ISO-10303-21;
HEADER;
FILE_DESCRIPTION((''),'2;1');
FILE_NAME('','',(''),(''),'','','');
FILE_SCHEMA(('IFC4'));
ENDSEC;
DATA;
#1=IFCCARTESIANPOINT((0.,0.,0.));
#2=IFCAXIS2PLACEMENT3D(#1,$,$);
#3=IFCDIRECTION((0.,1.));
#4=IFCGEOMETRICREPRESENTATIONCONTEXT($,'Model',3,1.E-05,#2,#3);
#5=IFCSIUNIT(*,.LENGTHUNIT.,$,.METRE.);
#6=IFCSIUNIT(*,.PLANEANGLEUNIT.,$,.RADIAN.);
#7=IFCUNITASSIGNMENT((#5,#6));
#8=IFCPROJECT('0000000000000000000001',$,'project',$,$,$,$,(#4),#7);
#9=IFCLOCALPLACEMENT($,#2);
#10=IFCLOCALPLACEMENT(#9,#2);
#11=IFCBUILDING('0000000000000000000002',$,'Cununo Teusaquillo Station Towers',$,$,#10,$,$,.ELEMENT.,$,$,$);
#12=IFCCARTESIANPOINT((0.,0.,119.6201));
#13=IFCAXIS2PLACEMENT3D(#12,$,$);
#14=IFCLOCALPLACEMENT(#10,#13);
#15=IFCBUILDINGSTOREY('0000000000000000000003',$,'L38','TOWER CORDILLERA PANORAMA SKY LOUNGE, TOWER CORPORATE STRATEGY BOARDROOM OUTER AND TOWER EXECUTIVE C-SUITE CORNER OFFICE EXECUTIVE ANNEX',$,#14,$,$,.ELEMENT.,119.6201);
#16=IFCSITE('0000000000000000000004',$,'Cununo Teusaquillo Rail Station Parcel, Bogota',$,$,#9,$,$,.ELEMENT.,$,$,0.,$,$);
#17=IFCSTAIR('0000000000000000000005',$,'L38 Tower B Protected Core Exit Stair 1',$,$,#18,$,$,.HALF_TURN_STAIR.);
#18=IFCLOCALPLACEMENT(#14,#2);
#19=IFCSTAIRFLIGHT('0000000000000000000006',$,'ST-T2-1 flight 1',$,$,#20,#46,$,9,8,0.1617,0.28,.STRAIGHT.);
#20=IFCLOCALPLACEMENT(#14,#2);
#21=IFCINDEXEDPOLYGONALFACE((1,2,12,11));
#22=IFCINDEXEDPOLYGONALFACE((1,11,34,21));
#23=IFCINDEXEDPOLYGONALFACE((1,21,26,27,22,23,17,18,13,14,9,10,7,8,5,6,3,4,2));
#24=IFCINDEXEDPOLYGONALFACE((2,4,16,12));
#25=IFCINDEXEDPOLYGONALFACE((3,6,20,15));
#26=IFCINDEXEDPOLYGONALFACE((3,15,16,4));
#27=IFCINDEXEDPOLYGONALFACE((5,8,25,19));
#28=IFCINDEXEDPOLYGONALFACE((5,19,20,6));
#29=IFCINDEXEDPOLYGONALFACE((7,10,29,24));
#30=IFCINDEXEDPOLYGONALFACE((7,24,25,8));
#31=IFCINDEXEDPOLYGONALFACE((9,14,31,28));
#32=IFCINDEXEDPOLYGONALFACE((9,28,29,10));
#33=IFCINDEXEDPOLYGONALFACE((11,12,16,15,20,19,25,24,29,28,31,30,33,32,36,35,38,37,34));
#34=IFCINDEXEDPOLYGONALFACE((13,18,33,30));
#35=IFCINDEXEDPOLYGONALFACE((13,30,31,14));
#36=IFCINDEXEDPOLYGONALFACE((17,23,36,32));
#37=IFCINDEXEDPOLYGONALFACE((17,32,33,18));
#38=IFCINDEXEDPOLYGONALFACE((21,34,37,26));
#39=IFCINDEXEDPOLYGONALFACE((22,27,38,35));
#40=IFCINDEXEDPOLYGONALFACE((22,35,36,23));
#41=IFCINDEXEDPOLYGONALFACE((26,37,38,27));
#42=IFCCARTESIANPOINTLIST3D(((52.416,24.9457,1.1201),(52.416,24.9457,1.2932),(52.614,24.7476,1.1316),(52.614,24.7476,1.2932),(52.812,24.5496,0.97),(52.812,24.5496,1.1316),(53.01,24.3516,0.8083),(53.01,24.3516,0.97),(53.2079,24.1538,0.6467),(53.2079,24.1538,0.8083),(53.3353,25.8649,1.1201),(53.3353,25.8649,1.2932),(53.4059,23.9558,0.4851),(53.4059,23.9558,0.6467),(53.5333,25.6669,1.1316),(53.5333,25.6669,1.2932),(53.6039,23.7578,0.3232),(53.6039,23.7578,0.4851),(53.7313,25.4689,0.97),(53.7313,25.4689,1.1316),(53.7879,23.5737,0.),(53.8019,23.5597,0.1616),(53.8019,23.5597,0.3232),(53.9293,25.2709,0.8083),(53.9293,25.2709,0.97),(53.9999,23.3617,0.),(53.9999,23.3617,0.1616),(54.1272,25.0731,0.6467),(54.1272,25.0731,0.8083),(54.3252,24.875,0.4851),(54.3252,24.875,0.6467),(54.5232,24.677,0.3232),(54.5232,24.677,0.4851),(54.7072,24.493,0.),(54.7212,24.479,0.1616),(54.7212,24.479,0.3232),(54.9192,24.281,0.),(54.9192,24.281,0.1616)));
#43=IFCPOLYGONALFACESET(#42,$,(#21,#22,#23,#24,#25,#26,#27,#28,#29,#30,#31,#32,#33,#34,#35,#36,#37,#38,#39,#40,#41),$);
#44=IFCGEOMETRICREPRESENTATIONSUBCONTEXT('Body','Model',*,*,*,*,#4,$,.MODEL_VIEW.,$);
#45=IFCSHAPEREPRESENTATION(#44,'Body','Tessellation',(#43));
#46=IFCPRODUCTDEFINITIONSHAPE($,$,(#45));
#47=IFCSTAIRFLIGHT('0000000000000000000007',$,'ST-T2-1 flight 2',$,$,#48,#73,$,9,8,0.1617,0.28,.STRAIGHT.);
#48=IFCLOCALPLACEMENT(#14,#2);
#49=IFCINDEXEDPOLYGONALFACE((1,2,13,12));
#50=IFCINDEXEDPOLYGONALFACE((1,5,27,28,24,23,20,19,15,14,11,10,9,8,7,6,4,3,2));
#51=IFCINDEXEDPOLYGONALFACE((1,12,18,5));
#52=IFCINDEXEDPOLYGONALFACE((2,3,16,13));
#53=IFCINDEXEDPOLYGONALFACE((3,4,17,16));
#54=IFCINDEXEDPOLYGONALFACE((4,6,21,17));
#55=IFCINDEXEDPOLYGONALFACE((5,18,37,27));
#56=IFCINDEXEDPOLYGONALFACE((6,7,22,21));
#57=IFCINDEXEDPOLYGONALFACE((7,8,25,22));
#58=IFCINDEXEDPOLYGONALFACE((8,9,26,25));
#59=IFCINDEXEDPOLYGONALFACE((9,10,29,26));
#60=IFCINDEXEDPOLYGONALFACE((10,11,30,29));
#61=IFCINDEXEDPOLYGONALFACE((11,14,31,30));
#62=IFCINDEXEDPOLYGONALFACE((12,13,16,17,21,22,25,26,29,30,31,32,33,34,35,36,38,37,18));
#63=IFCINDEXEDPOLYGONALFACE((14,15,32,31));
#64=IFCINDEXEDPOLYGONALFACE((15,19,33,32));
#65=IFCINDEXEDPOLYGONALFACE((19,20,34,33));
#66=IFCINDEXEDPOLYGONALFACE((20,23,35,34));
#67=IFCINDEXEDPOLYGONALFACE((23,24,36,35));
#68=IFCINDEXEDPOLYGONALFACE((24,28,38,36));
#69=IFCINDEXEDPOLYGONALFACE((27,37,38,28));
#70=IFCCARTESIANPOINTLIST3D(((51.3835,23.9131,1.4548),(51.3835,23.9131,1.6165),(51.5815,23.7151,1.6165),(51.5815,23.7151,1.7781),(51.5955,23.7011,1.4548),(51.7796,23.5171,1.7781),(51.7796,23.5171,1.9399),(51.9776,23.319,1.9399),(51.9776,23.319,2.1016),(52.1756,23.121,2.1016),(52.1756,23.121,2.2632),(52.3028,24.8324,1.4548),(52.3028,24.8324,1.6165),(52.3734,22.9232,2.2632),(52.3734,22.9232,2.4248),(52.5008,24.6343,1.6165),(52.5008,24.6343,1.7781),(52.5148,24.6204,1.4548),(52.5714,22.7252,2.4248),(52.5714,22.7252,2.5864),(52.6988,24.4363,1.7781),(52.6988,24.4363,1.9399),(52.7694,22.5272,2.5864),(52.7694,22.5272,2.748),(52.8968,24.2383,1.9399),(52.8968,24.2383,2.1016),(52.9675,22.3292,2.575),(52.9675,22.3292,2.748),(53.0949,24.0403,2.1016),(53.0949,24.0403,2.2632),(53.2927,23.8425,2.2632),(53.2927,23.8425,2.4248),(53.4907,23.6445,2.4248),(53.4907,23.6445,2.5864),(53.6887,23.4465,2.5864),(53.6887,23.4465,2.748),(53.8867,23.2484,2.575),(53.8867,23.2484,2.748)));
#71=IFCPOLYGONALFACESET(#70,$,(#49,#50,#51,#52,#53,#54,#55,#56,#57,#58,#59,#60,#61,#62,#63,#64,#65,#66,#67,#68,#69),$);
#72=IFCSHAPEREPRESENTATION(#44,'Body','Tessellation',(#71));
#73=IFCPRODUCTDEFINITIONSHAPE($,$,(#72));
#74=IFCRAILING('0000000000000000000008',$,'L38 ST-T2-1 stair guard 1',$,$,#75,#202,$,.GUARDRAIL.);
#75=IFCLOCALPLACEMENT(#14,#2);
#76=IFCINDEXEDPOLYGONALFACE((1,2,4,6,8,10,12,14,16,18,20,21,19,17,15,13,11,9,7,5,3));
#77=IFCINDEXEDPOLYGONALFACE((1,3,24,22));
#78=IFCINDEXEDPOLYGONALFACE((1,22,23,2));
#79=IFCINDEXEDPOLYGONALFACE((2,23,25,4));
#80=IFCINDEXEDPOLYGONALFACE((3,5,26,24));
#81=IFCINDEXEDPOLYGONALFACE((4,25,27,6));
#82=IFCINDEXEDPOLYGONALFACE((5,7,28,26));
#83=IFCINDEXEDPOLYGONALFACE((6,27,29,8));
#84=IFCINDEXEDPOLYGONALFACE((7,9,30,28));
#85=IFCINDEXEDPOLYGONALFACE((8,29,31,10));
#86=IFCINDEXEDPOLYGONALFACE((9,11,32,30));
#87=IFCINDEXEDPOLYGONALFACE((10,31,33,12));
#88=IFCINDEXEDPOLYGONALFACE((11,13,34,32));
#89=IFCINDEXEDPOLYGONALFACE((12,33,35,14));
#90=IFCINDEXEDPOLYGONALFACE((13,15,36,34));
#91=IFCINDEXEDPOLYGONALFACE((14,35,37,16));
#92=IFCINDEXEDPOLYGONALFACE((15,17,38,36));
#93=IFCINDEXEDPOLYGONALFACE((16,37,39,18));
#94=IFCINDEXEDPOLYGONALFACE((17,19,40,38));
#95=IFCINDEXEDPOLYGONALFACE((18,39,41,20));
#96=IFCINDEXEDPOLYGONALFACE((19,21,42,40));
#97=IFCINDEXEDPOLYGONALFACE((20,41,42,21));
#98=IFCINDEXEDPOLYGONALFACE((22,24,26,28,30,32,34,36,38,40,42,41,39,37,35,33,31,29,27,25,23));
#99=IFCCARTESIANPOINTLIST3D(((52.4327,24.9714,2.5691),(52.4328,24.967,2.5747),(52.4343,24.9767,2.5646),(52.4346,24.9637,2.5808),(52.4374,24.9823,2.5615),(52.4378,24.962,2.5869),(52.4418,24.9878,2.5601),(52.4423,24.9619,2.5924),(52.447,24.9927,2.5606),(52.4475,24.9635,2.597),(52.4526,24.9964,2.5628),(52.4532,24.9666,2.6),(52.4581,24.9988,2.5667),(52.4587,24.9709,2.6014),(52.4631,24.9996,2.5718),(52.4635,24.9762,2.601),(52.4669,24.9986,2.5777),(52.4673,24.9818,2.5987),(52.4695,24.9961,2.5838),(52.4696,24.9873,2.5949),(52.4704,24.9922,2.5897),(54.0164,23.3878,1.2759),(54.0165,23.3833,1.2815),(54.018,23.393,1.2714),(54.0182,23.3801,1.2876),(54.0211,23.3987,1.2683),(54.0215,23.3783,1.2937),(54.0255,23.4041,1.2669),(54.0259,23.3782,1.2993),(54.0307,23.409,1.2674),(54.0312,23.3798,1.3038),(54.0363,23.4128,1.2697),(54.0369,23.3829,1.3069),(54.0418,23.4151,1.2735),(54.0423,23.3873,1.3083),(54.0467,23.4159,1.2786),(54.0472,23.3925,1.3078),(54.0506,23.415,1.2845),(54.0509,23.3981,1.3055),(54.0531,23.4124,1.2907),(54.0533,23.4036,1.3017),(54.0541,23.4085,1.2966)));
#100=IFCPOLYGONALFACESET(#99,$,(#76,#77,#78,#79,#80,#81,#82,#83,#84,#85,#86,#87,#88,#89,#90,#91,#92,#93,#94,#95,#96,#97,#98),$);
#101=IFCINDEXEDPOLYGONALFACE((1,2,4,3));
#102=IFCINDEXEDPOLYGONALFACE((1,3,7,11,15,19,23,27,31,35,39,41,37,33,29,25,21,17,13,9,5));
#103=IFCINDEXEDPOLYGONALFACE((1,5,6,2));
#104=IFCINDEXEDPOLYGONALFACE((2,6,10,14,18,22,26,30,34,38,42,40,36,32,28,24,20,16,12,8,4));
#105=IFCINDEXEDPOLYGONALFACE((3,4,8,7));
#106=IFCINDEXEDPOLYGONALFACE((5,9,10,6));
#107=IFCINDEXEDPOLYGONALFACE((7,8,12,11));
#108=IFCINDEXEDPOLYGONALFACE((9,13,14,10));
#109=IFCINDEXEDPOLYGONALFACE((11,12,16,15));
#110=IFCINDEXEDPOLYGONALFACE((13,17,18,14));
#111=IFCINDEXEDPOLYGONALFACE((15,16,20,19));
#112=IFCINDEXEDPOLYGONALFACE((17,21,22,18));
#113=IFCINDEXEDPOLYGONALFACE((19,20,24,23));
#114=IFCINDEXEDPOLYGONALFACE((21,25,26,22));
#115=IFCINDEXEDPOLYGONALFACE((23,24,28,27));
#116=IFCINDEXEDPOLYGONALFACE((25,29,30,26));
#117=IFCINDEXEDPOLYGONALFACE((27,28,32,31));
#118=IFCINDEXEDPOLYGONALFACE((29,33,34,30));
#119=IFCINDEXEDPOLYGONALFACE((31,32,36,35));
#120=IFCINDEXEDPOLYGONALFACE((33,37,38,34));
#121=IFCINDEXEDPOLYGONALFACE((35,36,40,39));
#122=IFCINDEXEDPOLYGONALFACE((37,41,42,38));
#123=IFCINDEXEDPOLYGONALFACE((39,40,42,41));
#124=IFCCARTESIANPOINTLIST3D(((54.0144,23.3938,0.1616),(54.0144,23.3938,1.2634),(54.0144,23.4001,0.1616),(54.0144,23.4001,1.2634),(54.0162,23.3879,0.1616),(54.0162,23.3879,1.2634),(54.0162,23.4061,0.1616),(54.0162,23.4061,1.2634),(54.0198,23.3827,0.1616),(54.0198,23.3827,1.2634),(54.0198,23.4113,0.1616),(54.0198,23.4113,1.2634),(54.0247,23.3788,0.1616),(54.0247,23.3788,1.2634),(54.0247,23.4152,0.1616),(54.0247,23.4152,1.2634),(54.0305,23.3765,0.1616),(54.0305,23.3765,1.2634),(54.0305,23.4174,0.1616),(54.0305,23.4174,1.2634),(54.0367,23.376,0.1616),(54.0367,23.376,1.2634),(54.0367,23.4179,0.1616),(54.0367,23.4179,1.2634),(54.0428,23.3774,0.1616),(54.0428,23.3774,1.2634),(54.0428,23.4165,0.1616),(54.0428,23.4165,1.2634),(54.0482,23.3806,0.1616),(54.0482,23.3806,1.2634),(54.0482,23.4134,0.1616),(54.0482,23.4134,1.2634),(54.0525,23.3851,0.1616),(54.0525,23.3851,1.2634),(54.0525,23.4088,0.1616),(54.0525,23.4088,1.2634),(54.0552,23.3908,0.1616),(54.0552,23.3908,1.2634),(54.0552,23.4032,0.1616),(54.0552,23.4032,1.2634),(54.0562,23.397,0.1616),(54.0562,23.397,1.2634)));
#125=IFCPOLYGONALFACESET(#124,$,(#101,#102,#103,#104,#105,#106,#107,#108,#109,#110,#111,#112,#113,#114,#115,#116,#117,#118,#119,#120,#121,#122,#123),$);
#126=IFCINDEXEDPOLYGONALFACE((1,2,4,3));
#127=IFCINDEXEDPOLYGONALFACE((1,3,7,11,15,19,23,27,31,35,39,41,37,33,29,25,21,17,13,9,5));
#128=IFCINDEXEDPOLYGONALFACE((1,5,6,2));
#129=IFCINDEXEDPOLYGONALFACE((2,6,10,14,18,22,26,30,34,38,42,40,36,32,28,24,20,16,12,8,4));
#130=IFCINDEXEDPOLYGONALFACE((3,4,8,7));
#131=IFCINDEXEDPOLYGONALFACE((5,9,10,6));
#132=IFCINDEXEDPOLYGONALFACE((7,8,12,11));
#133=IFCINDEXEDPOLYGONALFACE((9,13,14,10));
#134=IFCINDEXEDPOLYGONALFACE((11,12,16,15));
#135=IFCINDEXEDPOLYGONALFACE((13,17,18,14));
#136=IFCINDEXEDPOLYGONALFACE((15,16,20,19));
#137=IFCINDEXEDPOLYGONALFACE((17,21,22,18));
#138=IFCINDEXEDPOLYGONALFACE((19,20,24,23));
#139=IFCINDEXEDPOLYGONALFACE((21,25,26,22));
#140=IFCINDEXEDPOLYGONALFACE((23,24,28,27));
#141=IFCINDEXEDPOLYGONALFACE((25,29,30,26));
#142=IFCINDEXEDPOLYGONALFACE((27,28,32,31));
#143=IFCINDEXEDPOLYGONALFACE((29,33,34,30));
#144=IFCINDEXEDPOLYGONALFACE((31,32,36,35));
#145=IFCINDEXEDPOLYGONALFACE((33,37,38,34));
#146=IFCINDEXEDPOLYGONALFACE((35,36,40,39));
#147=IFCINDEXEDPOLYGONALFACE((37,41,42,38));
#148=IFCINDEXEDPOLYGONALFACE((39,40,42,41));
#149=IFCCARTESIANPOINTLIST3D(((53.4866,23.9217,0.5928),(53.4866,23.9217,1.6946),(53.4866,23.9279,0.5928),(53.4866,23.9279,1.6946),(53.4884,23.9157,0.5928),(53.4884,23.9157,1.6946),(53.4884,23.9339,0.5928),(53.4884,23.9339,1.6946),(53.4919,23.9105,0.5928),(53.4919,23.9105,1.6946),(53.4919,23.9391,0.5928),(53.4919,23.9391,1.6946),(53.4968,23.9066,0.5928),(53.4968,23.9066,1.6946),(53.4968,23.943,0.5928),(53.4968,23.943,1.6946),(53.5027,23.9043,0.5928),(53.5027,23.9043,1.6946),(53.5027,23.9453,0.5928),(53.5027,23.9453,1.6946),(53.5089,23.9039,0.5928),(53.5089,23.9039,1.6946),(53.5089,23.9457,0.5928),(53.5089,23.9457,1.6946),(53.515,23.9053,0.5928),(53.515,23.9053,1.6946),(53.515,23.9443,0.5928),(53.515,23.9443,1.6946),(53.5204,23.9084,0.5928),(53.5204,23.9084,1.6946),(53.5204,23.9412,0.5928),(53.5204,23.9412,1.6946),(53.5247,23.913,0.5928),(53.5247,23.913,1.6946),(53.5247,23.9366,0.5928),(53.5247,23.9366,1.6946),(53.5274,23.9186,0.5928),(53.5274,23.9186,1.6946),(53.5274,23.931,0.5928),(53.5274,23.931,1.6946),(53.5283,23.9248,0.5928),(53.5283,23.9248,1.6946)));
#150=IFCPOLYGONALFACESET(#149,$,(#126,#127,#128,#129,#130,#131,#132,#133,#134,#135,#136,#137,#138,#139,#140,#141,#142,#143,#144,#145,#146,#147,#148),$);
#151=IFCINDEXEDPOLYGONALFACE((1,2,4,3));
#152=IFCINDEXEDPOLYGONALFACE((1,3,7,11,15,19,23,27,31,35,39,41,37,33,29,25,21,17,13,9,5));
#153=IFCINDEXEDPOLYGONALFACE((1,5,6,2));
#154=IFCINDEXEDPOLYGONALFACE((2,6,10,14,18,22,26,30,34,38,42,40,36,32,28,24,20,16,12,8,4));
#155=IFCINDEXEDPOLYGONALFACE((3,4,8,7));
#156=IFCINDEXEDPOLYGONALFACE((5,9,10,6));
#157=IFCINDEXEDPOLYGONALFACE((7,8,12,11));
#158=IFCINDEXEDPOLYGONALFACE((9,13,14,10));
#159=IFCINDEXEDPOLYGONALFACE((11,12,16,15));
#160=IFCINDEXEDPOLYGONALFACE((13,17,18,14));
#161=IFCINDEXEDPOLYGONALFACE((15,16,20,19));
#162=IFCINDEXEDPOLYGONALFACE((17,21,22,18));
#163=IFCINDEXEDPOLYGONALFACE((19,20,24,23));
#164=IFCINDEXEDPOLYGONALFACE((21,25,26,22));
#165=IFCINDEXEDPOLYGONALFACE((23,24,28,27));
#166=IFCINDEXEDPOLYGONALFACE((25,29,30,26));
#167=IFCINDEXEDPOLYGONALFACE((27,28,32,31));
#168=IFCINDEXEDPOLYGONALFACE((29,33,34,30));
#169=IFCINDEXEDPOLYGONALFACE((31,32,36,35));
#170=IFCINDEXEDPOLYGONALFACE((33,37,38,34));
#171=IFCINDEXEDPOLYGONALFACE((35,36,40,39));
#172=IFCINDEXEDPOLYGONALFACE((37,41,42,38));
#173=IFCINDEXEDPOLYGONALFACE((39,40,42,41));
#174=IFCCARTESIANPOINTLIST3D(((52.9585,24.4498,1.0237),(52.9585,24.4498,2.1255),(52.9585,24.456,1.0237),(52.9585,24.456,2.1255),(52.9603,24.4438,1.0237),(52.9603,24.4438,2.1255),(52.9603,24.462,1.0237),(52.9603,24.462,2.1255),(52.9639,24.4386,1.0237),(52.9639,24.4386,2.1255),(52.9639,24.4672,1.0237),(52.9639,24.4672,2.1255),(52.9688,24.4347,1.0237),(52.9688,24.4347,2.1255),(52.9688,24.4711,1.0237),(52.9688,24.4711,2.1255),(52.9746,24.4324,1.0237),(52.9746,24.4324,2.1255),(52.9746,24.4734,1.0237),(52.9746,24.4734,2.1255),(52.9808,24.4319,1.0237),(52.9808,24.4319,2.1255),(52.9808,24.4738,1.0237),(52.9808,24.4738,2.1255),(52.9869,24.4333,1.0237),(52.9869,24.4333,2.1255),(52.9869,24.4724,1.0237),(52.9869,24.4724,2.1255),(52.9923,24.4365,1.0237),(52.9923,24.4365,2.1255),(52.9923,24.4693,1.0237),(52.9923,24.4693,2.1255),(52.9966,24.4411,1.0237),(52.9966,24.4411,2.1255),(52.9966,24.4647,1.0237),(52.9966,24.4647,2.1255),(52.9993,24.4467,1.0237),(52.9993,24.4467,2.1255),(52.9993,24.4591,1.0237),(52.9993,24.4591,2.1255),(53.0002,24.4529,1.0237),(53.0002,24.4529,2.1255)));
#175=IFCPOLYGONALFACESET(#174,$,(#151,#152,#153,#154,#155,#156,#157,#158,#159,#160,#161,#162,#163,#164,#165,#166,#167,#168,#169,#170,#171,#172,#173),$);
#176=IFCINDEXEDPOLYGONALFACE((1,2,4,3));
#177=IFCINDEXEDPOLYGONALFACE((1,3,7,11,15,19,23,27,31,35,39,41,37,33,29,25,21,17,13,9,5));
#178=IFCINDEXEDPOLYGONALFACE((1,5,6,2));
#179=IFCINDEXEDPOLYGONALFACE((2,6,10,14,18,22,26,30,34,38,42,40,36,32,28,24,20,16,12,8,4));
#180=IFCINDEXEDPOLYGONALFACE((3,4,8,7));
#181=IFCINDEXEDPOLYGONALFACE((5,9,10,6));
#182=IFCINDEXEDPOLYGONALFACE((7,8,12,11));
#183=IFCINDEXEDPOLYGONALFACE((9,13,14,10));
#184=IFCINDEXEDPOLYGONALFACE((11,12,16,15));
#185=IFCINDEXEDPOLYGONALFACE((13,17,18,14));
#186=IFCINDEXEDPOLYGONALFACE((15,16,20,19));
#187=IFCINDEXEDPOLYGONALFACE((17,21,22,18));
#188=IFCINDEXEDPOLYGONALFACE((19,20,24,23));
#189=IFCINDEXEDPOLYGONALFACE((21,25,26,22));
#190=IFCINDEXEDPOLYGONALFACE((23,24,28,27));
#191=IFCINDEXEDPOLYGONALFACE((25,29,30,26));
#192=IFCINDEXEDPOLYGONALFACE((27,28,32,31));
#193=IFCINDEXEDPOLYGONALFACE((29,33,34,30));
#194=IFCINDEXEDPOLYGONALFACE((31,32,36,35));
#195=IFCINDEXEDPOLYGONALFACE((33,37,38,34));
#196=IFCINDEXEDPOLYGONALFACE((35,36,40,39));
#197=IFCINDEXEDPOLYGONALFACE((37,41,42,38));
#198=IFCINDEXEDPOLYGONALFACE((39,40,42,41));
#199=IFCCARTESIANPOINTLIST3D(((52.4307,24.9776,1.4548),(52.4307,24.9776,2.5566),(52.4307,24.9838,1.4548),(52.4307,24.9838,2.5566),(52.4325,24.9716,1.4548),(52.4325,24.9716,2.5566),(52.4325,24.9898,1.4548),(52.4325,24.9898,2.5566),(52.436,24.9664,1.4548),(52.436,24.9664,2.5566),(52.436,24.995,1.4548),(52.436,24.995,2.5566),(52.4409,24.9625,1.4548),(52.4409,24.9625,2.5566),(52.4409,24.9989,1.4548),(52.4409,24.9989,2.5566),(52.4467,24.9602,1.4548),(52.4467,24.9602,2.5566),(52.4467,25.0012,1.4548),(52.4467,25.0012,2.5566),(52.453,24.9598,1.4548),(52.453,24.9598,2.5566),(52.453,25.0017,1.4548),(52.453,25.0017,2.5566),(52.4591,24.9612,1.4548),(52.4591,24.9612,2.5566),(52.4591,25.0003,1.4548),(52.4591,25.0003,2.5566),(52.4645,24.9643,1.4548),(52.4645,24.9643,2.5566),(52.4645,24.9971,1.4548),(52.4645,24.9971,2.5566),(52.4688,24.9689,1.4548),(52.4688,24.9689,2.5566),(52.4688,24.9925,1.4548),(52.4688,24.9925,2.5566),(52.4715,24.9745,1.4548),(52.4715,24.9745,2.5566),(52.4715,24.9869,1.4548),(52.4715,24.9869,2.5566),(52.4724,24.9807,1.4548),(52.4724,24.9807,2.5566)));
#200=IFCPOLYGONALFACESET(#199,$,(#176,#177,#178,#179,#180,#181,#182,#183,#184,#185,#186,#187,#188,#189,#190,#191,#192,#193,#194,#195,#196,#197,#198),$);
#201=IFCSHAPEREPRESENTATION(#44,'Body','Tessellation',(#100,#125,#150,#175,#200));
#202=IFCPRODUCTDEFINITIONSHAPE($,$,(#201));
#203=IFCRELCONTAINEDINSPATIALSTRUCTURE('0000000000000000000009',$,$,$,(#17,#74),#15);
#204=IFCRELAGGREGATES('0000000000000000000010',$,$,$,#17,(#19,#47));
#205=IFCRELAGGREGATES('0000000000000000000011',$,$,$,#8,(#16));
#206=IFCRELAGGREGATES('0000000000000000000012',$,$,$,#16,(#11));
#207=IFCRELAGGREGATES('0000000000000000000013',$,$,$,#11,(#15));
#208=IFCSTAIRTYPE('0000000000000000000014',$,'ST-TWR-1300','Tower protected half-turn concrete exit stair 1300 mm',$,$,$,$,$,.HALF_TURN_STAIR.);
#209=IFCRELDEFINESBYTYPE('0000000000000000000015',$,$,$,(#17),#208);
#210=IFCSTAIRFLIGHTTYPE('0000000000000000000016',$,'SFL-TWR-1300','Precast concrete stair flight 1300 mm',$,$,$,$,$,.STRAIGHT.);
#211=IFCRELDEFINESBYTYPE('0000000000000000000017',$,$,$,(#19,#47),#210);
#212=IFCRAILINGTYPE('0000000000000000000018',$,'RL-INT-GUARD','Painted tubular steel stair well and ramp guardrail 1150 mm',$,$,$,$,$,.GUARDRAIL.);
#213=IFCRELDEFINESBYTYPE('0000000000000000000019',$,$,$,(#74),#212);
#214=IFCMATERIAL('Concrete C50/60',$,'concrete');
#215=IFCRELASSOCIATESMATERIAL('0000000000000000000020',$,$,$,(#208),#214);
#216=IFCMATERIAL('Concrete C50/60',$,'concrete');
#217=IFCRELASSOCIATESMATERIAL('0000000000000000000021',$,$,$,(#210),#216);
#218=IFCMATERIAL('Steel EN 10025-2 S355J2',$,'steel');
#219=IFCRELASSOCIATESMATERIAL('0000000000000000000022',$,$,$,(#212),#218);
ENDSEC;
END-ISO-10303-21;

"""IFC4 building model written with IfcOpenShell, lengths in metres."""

from ifc_helpers import new_model, si_unit, direction, frame, origin, origin_2d, place, context, subcontext, project, spatial, polyline, circle, outline, extrude, material, type_object, element, aggregate, save


model = new_model("IFC4")

# Units and contexts
model_context = context("Model", 3, precision=1e-05, world=origin(), true_north=direction((0.0, 1.0)))
body_context = subcontext(model_context, "Body", "Model", "MODEL_VIEW")
ifc_project = project(units=[si_unit("LENGTHUNIT", "METRE"), si_unit("PLANEANGLEUNIT", "RADIAN")], contexts=[model_context])

# Site, building, storey
site_placement = place(None, origin())
site = spatial("IfcSite", under=ifc_project, at=site_placement, Name="Cununo Teusaquillo Rail Station Parcel, Bogota", CompositionType="ELEMENT", RefElevation=0.0)
building_placement = place(site_placement, origin())
building = spatial("IfcBuilding", under=site, at=building_placement, Name="Cununo Teusaquillo Station Towers", CompositionType="ELEMENT")
storey_placement = place(building_placement, frame((0.0, 0.0, 119.6201)))
storey = spatial("IfcBuildingStorey", under=building, at=storey_placement, Name="L38", Description="TOWER CORDILLERA PANORAMA SKY LOUNGE, TOWER CORPORATE STRATEGY BOARDROOM OUTER AND TOWER EXECUTIVE C-SUITE CORNER OFFICE EXECUTIVE ANNEX", CompositionType="ELEMENT", Elevation=119.6201)

# Stair, stair flights
ifc_material_1 = material(Name="Concrete C50/60", Category="concrete")
stair_type = type_object("IfcStairType", Name="ST-TWR-1300", Description="Tower protected half-turn concrete exit stair 1300 mm", PredefinedType="HALF_TURN_STAIR", material=ifc_material_1)
stair_placement = place(storey_placement, origin())
stair = element("IfcStair", 1, at=stair_placement, inside=storey, type_object=stair_type, Name="L38 Tower B Protected Core Exit Stair 1", PredefinedType="HALF_TURN_STAIR")
ifc_material_2 = material(Name="Concrete C50/60", Category="concrete")
stair_flight_type = type_object("IfcStairFlightType", Name="SFL-TWR-1300", Description="Precast concrete stair flight 1300 mm", PredefinedType="STRAIGHT", material=ifc_material_2)
stair_flight_1_placement = place(storey_placement, frame((54.4595, 23.8213, 0.0), z_axis=(0.0, 0.0, 1.0), x_axis=(-0.707107, 0.707107, 0.0)))
stair_flight_1 = element("IfcStairFlight", 2, at=stair_flight_1_placement, type_object=stair_flight_type, Name="ST-T2-1 flight 1", NumberOfRisers=9, NumberOfTreads=8, PredefinedType="STRAIGHT", RiserHeight=0.1617, TreadLength=0.28, context=body_context, shape_type="SweptSolid", body=[
    extrude(outline(polyline([(0.0, 0.0), (0.0, 0.1616), (0.28, 0.1616), (0.28, 0.3232), (0.5601, 0.3232), (0.5601, 0.4851), (0.8401, 0.4851), (0.8401, 0.6467), (1.1201, 0.6467), (1.1201, 0.8083), (1.3999, 0.8083), (1.3999, 0.97), (1.6799, 0.97), (1.6799, 1.1316), (1.96, 1.1316), (1.96, 1.2932), (2.24, 1.2932), (2.24, 1.4551), (2.24, 1.1201), (0.2998, 0.0), (0.0, 0.0)])), frame((0.0, 0.6499, 0.0), z_axis=(0.0, -1.0, 0.0), x_axis=(1.0, 0.0, 0.0)), (0.0, 0.0, 1.0), 1.3),
])
stair_flight_2_placement = place(storey_placement, frame((51.8433, 24.3728, 1.4548), z_axis=(0.0, 0.0, 1.0), x_axis=(0.707107, -0.707107, 0.0)))
stair_flight_2 = element("IfcStairFlight", 3, at=stair_flight_2_placement, type_object=stair_flight_type, Name="ST-T2-1 flight 2", NumberOfRisers=9, NumberOfTreads=8, PredefinedType="STRAIGHT", RiserHeight=0.1617, TreadLength=0.28, context=body_context, shape_type="SweptSolid", body=[
    extrude(outline(polyline([(0.0, 0.0), (0.0, 0.1616), (0.28, 0.1616), (0.28, 0.3232), (0.5601, 0.3232), (0.5601, 0.4851), (0.8401, 0.4851), (0.8401, 0.6467), (1.1201, 0.6467), (1.1201, 0.8083), (1.3999, 0.8083), (1.3999, 0.97), (1.6799, 0.97), (1.6799, 1.1316), (1.96, 1.1316), (1.96, 1.2932), (2.24, 1.2932), (2.24, 1.4551), (2.24, 1.1201), (0.2998, 0.0), (0.0, 0.0)])), frame((0.0, 0.6499, 0.0), z_axis=(0.0, -1.0, 0.0), x_axis=(1.0, 0.0, 0.0)), (0.0, 0.0, 1.0), 1.3),
])
aggregate(stair, [stair_flight_1, stair_flight_2])

# Railing
ifc_material_3 = material(Name="Steel EN 10025-2 S355J2", Category="steel")
railing_type_1 = type_object("IfcRailingType", Name="RL-INT-GUARD", Description="Painted tubular steel stair well and ramp guardrail 1150 mm", PredefinedType="GUARDRAIL", material=ifc_material_3)
railing_1_placement = place(storey_placement, frame((54.0352, 23.397, 0.1616)))
element("IfcRailing", 4, at=railing_1_placement, inside=storey, type_object=railing_type_1, Name="L38 ST-T2-1 stair guard 1", PredefinedType="GUARDRAIL", context=body_context, shape_type="SweptSolid", body=[
    extrude(circle(Radius=0.0239, at=origin_2d()), frame((0.0, 0.0, 1.126), z_axis=(-0.612361, 0.612361, 0.500027), x_axis=(-0.707107, -0.707107, 0.0)), (0.0, 0.0, 1.0), 2.5862),
    extrude(circle(Radius=0.021, at=origin_2d()), origin(), (0.0, 0.0, 1.0), 1.1018),
    extrude(circle(Radius=0.021, at=origin_2d()), frame((-0.5278, 0.5278, 0.4312)), (0.0, 0.0, 1.0), 1.1018),
    extrude(circle(Radius=0.021, at=origin_2d()), frame((-1.0559, 1.0559, 0.8621)), (0.0, 0.0, 1.0), 1.1018),
    extrude(circle(Radius=0.021, at=origin_2d()), frame((-1.5837, 1.5837, 1.2932)), (0.0, 0.0, 1.0), 1.1018),
])

save(model, "model.ifc")
